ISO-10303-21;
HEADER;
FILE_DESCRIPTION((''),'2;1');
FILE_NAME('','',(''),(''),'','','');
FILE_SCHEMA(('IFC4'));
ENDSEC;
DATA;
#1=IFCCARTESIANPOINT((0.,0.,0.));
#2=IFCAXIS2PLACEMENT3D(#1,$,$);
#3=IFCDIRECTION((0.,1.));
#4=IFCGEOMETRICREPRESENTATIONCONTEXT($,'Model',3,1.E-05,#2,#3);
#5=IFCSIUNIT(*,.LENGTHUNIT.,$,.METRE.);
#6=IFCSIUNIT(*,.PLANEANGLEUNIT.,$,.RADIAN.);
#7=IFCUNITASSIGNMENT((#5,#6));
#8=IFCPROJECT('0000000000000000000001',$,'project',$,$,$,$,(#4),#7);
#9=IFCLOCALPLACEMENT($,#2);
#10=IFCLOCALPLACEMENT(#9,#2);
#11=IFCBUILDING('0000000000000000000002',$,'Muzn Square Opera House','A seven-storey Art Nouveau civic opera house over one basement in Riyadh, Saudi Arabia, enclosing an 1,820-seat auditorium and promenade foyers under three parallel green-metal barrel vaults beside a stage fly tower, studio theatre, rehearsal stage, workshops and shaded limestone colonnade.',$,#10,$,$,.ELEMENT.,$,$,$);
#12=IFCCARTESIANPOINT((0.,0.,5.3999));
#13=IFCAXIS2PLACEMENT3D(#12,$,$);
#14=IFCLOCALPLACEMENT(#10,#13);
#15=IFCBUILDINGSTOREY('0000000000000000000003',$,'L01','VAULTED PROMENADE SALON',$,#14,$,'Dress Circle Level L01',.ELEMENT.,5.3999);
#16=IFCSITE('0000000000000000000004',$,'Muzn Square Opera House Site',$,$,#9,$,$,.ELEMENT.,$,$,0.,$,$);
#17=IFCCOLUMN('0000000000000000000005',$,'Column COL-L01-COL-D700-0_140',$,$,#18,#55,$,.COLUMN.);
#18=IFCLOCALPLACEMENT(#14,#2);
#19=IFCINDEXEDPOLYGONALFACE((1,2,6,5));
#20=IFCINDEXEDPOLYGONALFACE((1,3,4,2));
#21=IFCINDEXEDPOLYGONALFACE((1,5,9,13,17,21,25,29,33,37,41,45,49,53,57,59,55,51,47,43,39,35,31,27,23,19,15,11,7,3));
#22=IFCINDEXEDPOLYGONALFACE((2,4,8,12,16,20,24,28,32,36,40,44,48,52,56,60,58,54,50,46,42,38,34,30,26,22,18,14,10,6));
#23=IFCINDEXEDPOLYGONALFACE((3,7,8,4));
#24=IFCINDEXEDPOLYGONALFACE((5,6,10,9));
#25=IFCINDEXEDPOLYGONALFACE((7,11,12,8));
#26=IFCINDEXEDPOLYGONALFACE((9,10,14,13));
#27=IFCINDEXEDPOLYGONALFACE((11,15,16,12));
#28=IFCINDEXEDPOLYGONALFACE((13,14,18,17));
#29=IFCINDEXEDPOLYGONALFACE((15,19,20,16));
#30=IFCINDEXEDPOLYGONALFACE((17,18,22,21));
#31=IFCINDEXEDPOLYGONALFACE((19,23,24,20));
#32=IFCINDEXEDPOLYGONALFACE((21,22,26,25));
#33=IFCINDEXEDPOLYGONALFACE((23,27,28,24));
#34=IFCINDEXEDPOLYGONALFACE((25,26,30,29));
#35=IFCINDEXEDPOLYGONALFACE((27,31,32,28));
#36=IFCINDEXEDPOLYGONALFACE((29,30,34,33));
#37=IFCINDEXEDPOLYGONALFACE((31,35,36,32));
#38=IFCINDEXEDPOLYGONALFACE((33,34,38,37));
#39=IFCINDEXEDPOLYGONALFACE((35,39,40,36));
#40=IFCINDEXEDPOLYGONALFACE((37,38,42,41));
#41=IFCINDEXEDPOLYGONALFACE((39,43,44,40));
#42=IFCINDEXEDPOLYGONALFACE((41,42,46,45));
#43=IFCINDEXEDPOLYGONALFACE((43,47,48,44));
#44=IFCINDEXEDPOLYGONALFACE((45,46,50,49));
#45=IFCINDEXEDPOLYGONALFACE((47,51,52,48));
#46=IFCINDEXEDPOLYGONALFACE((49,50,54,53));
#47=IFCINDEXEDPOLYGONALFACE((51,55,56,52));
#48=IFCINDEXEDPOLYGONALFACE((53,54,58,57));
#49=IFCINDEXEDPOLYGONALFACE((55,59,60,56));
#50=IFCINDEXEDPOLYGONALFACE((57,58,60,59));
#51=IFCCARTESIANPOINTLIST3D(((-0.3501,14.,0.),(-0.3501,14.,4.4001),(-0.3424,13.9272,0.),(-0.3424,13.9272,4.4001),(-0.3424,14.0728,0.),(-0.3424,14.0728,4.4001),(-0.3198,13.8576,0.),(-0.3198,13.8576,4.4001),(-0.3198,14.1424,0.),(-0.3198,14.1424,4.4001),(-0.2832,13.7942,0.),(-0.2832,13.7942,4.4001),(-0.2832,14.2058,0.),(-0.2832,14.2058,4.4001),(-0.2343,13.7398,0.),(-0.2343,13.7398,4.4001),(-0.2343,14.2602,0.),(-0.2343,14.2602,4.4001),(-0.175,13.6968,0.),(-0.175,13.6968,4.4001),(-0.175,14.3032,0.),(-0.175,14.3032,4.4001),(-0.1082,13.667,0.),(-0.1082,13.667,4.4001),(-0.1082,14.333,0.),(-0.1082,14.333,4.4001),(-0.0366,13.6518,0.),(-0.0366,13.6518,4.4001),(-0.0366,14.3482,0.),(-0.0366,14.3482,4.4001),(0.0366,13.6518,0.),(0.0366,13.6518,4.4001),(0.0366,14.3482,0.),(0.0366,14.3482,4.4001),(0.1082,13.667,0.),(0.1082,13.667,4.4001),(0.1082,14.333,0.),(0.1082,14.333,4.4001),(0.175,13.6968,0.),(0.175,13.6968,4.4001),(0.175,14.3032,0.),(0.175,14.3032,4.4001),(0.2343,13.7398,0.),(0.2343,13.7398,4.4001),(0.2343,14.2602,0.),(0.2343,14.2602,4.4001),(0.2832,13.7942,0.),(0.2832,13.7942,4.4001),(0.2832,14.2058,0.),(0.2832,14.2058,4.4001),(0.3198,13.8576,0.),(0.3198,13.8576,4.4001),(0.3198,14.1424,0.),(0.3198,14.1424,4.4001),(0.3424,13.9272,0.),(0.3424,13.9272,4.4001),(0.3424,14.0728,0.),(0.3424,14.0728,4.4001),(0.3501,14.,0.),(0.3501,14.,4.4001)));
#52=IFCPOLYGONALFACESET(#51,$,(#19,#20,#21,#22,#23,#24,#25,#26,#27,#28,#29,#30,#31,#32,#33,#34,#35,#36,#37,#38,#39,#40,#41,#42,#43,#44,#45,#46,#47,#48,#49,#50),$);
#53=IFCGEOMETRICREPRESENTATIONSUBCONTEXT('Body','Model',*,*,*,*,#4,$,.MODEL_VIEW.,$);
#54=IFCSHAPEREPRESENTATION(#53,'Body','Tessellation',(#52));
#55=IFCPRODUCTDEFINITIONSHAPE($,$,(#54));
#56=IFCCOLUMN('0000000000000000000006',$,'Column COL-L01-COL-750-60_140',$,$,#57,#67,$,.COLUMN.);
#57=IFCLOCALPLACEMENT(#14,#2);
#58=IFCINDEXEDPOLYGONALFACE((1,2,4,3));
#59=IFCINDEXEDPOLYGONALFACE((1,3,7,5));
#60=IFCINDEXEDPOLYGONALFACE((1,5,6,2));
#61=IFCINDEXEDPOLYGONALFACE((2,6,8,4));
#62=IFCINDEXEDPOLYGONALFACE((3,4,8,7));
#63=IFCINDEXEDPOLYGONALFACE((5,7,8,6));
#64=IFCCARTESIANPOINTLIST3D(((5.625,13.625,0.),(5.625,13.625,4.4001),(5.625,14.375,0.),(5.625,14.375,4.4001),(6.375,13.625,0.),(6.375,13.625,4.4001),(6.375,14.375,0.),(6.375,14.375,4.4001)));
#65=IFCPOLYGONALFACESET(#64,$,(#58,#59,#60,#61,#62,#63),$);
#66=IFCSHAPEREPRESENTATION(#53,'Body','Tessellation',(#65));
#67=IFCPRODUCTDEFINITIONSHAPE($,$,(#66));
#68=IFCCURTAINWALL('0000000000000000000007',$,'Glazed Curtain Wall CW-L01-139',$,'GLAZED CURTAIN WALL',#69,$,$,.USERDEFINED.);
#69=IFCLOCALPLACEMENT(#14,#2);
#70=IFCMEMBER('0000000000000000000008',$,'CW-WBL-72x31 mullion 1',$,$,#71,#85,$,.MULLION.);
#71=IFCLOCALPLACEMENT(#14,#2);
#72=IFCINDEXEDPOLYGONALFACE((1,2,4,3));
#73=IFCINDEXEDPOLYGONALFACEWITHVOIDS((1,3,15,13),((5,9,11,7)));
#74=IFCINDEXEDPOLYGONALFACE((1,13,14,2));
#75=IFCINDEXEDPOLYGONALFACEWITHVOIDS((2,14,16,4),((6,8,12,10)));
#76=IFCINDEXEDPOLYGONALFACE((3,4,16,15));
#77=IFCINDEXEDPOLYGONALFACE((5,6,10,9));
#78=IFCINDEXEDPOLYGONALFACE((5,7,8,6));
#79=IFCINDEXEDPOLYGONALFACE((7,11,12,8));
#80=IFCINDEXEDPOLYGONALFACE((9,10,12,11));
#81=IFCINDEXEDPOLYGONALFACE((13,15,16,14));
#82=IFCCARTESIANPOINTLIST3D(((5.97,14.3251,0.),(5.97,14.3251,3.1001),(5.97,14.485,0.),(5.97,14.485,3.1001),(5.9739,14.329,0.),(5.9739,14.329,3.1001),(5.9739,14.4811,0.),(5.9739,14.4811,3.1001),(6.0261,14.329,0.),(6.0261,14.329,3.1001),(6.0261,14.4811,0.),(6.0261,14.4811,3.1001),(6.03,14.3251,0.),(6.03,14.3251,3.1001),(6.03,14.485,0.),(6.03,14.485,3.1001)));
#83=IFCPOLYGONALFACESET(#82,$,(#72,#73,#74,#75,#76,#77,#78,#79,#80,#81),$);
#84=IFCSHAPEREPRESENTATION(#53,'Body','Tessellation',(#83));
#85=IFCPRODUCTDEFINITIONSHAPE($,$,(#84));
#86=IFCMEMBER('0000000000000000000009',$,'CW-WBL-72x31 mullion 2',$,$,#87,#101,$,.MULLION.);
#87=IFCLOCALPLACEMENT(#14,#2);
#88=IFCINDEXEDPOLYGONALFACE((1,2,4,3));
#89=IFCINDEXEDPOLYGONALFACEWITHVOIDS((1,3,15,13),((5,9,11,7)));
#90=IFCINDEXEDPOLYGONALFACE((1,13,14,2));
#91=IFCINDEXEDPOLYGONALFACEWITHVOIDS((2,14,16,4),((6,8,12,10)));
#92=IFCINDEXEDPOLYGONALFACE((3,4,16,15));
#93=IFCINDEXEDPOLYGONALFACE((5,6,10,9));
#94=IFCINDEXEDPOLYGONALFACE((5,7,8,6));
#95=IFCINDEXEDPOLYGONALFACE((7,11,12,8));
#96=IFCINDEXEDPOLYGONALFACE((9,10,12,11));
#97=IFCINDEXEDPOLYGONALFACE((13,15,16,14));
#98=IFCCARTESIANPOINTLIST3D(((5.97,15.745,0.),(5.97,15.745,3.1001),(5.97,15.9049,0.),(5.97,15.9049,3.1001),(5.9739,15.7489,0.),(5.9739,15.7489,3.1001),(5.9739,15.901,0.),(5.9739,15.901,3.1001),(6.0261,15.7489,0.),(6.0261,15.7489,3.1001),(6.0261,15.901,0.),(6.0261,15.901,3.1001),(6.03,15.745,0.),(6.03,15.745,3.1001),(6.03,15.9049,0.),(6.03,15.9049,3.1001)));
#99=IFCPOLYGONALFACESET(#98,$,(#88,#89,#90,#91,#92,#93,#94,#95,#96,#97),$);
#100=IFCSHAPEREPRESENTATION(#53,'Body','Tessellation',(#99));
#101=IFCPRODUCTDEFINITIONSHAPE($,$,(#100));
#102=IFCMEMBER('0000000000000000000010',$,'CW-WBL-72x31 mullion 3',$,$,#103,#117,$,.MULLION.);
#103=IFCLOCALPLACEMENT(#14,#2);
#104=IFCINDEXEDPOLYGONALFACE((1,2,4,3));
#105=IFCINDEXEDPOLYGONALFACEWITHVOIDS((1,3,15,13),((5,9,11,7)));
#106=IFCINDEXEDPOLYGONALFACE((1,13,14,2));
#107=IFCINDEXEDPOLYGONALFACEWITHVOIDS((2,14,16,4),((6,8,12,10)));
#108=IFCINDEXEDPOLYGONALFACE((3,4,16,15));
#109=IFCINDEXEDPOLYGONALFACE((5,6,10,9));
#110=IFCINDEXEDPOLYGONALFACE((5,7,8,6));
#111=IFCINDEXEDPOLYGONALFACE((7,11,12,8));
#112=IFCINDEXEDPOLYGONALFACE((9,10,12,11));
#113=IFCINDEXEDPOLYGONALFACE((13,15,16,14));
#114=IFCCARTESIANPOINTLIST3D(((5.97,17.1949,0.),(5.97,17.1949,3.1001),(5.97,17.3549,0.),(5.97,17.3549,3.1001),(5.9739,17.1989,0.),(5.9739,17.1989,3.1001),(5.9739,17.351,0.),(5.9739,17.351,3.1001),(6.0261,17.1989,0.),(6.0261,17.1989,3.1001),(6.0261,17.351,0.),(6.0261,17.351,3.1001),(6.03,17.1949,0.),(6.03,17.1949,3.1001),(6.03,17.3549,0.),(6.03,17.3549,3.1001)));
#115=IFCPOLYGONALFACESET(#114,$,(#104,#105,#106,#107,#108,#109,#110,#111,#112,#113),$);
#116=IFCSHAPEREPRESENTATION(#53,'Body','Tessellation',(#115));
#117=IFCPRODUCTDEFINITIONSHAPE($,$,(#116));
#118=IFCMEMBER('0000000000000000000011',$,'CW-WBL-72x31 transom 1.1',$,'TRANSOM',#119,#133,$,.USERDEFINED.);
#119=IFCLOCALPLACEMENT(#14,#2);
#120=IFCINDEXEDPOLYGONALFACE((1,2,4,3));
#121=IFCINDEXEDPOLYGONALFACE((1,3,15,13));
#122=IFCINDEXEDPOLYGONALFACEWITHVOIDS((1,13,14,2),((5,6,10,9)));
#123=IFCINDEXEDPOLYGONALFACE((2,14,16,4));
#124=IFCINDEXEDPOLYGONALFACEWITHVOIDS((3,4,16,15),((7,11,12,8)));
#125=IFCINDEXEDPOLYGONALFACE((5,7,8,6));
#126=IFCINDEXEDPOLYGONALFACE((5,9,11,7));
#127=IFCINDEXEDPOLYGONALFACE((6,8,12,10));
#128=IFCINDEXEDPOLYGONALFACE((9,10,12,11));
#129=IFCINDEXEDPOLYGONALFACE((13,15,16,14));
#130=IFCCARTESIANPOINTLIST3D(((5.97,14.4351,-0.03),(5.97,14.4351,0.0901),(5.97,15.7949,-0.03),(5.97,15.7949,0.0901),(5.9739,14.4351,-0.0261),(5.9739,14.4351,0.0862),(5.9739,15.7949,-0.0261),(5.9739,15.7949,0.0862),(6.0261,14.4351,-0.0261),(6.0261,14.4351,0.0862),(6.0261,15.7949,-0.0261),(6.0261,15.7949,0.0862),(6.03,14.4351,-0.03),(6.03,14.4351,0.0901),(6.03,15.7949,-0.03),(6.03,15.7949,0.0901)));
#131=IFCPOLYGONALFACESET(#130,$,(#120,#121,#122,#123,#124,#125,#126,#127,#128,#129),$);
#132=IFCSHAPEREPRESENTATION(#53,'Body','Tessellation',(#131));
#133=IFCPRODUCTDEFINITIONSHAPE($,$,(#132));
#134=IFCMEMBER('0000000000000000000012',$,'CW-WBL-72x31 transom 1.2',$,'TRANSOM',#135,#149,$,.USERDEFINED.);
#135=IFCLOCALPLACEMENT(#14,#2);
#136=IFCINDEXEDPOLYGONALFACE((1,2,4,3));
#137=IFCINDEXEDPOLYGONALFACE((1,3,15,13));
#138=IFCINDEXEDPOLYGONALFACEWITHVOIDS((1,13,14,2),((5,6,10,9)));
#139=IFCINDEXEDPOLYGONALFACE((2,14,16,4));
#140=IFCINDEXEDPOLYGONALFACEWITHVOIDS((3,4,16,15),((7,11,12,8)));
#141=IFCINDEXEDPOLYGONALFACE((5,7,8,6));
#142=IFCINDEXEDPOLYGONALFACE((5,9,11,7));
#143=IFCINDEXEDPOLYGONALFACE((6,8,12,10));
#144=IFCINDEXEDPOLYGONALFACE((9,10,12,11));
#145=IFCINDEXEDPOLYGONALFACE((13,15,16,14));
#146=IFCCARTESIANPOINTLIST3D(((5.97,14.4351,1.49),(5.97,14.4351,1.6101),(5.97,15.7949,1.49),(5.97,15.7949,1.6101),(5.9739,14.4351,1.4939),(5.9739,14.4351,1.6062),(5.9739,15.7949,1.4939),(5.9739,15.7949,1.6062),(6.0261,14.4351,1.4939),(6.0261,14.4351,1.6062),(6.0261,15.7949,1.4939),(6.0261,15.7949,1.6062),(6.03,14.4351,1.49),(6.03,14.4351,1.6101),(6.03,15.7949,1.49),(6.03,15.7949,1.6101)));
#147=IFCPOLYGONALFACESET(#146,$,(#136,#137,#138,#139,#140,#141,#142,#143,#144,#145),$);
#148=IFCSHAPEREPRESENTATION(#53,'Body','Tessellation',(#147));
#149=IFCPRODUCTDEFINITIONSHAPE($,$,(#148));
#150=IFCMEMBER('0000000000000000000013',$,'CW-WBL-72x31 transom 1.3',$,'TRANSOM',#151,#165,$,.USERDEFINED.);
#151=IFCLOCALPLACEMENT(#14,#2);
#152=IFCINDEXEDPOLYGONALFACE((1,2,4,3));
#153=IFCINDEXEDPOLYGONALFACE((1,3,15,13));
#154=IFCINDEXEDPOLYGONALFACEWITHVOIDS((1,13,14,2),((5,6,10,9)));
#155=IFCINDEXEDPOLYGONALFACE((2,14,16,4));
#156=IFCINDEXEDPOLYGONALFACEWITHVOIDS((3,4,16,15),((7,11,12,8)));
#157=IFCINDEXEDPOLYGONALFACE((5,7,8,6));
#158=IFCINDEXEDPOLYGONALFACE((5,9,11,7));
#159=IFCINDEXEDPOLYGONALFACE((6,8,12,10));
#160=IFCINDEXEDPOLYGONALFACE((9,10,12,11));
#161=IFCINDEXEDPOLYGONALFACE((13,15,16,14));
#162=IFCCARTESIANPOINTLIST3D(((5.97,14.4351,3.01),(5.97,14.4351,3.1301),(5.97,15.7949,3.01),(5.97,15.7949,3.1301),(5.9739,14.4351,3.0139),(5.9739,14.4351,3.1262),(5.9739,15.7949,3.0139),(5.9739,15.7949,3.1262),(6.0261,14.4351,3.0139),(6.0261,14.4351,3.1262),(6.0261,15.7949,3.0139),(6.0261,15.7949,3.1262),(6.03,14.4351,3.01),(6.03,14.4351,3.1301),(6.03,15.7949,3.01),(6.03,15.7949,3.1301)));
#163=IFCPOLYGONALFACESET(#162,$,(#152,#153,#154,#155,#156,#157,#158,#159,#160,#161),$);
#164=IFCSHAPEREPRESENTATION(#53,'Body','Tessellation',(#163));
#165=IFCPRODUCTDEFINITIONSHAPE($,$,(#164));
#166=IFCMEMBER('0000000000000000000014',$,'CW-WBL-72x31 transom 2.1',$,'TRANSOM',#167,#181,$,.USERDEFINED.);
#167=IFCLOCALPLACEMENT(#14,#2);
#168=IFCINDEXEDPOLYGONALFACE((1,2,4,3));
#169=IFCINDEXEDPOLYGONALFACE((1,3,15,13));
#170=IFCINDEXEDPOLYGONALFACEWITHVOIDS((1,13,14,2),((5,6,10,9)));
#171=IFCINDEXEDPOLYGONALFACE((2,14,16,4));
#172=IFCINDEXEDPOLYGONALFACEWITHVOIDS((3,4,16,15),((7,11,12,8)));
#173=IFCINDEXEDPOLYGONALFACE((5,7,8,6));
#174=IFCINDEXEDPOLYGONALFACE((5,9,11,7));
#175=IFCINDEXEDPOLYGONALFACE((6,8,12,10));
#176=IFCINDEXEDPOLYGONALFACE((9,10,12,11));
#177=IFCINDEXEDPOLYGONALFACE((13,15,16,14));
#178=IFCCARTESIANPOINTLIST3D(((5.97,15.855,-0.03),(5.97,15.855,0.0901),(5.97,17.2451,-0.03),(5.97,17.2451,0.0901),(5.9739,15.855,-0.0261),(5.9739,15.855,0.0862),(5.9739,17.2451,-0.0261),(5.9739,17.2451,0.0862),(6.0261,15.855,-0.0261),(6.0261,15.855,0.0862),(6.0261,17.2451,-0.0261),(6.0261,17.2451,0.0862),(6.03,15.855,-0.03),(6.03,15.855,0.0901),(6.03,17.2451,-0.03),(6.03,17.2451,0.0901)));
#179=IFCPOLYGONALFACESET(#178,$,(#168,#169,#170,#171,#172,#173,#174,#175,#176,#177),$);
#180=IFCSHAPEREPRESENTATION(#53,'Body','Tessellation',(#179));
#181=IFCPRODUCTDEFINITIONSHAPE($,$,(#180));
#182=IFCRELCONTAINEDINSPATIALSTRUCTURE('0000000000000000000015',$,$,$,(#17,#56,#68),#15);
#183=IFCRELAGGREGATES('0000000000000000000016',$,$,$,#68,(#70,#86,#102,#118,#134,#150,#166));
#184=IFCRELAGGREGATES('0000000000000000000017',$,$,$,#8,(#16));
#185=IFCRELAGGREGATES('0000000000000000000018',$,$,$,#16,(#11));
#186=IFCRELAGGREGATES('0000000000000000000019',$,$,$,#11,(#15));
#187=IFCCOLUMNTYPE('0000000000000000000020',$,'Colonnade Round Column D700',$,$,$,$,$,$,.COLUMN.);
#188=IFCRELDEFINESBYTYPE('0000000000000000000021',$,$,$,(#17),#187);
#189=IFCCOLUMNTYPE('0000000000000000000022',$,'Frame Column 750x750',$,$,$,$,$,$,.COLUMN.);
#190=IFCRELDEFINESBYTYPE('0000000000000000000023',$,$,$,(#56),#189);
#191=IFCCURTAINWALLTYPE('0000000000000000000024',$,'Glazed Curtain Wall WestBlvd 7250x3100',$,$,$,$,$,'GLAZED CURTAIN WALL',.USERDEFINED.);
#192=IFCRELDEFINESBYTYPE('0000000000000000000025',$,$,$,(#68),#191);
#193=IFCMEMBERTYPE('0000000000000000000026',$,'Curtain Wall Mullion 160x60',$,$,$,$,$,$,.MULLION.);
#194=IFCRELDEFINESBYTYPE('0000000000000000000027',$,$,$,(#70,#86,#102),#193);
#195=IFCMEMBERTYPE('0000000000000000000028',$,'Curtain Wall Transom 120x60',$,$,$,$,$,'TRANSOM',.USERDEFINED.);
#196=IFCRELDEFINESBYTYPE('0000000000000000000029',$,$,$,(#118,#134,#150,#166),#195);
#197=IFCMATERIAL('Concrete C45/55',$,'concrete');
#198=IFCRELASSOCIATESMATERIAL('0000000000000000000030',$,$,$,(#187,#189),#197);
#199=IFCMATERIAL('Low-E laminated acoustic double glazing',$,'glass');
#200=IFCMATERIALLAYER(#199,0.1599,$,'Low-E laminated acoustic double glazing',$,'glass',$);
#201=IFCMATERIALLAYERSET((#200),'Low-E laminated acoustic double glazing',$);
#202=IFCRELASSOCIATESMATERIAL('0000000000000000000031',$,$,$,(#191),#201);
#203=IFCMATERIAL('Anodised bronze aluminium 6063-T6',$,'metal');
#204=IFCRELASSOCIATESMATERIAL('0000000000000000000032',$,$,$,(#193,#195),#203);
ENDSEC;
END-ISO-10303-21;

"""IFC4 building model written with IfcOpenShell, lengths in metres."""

from ifc_helpers import new_model, si_unit, direction, frame, origin, origin_2d, place, context, subcontext, project, spatial, rectangle, hollow_rectangle, circle, extrude, material, layer, layer_set, material_profile, profile_set, type_object, element, aggregate, save


model = new_model("IFC4")

# Units and contexts
model_context = context("Model", 3, precision=1e-05, world=origin(), true_north=direction((0.0, 1.0)))
body_context = subcontext(model_context, "Body", "Model", "MODEL_VIEW")
ifc_project = project(units=[si_unit("LENGTHUNIT", "METRE"), si_unit("PLANEANGLEUNIT", "RADIAN")], contexts=[model_context])

# Site, building, storey
site_placement = place(None, origin())
site = spatial("IfcSite", under=ifc_project, at=site_placement, Name="Muzn Square Opera House Site", CompositionType="ELEMENT", RefElevation=0.0)
building_placement = place(site_placement, origin())
building = spatial("IfcBuilding", under=site, at=building_placement, Name="Muzn Square Opera House", Description="A seven-storey Art Nouveau civic opera house over one basement in Riyadh, Saudi Arabia, enclosing an 1,820-seat auditorium and promenade foyers under three parallel green-metal barrel vaults beside a stage fly tower, studio theatre, rehearsal stage, workshops and shaded limestone colonnade.", CompositionType="ELEMENT")
storey_placement = place(building_placement, frame((0.0, 0.0, 5.3999)))
storey = spatial("IfcBuildingStorey", under=building, at=storey_placement, Name="L01", Description="VAULTED PROMENADE SALON", LongName="Dress Circle Level L01", CompositionType="ELEMENT", Elevation=5.3999)

# Columns
ifc_material_1 = material(Name="Concrete C45/55", Category="concrete")
ifc_material_profile_1 = material_profile(ifc_material_1, circle(Radius=0.3501, at=origin_2d()), Name="RCC D700", Category="concrete")
ifc_profile_set_1 = profile_set([ifc_material_profile_1], Name="Concrete C45/55")
column_type_1 = type_object("IfcColumnType", Name="Colonnade Round Column D700", PredefinedType="COLUMN", material=ifc_profile_set_1)
column_1_placement = place(storey_placement, frame((0.0, 14.0, 0.0), z_axis=(0.0, 0.0, 1.0), x_axis=(1.0, 0.0, 0.0)))
element("IfcColumn", 1, at=column_1_placement, inside=storey, type_object=column_type_1, Name="Column COL-L01-COL-D700-0_140", PredefinedType="COLUMN", context=body_context, shape_type="SweptSolid", body=[
    extrude(circle(Radius=0.3501, at=origin_2d()), origin(), (0.0, 0.0, 1.0), 4.4001),
])
ifc_material_profile_2 = material_profile(ifc_material_1, rectangle(XDim=0.75, YDim=0.75, at=origin_2d()), Name="RC 750x750", Category="concrete")
ifc_profile_set_2 = profile_set([ifc_material_profile_2], Name="Concrete C45/55")
column_type_2 = type_object("IfcColumnType", Name="Frame Column 750x750", PredefinedType="COLUMN", material=ifc_profile_set_2)
column_2_placement = place(storey_placement, frame((6.0, 14.0, 0.0), z_axis=(0.0, 0.0, 1.0), x_axis=(1.0, 0.0, 0.0)))
element("IfcColumn", 2, at=column_2_placement, inside=storey, type_object=column_type_2, Name="Column COL-L01-COL-750-60_140", PredefinedType="COLUMN", context=body_context, shape_type="SweptSolid", body=[
    extrude(rectangle(XDim=0.75, YDim=0.75, at=origin_2d()), origin(), (0.0, 0.0, 1.0), 4.4001),
])

# Curtain wall, members
ifc_material_2 = material(Name="Low-E laminated acoustic double glazing", Category="glass")
ifc_layer_1 = layer(ifc_material_2, 0.1599, Name="Low-E laminated acoustic double glazing", Category="glass")
ifc_layer_set_1 = layer_set([ifc_layer_1], Name="Low-E laminated acoustic double glazing")
curtain_wall_type = type_object("IfcCurtainWallType", Name="Glazed Curtain Wall WestBlvd 7250x3100", ElementType="GLAZED CURTAIN WALL", PredefinedType="USERDEFINED", material=ifc_layer_set_1)
curtain_wall_placement = place(storey_placement, origin())
curtain_wall = element("IfcCurtainWall", 3, at=curtain_wall_placement, inside=storey, type_object=curtain_wall_type, Name="Glazed Curtain Wall CW-L01-139", ObjectType="GLAZED CURTAIN WALL", PredefinedType="USERDEFINED")
ifc_material_3 = material(Name="Anodised bronze aluminium 6063-T6", Category="metal")
ifc_material_profile_3 = material_profile(ifc_material_3, hollow_rectangle(XDim=0.0601, YDim=0.1599, WallThickness=0.0039, at=origin_2d()), Name="ALU 160x60x4", Category="metal")
ifc_profile_set_3 = profile_set([ifc_material_profile_3], Name="Anodised bronze aluminium 6063-T6")
member_type_1 = type_object("IfcMemberType", Name="Curtain Wall Mullion 160x60", PredefinedType="MULLION", material=ifc_profile_set_3)
member_1_placement = place(storey_placement, frame((6.0, 14.405, 0.0), z_axis=(0.0, 0.0, 1.0), x_axis=(-1.0, 0.0, 0.0)))
member_1 = element("IfcMember", 4, at=member_1_placement, type_object=member_type_1, Name="CW-WBL-72x31 mullion 1", PredefinedType="MULLION", context=body_context, shape_type="SweptSolid", body=[
    extrude(hollow_rectangle(XDim=0.0601, YDim=0.1599, WallThickness=0.0039, at=origin_2d()), origin(), (0.0, 0.0, 1.0), 3.1001),
])
member_2_placement = place(storey_placement, frame((6.0, 15.825, 0.0), z_axis=(0.0, 0.0, 1.0), x_axis=(-1.0, 0.0, 0.0)))
member_2 = element("IfcMember", 5, at=member_2_placement, type_object=member_type_1, Name="CW-WBL-72x31 mullion 2", PredefinedType="MULLION", context=body_context, shape_type="SweptSolid", body=[
    extrude(hollow_rectangle(XDim=0.0601, YDim=0.1599, WallThickness=0.0039, at=origin_2d()), origin(), (0.0, 0.0, 1.0), 3.1001),
])
member_3_placement = place(storey_placement, frame((6.0, 17.2749, 0.0), z_axis=(0.0, 0.0, 1.0), x_axis=(-1.0, 0.0, 0.0)))
member_3 = element("IfcMember", 6, at=member_3_placement, type_object=member_type_1, Name="CW-WBL-72x31 mullion 3", PredefinedType="MULLION", context=body_context, shape_type="SweptSolid", body=[
    extrude(hollow_rectangle(XDim=0.0601, YDim=0.1599, WallThickness=0.0039, at=origin_2d()), origin(), (0.0, 0.0, 1.0), 3.1001),
])
ifc_material_profile_4 = material_profile(ifc_material_3, hollow_rectangle(XDim=0.0601, YDim=0.1201, WallThickness=0.0039, at=origin_2d()), Name="ALU 120x60x4", Category="metal")
ifc_profile_set_4 = profile_set([ifc_material_profile_4], Name="Anodised bronze aluminium 6063-T6")
member_type_2 = type_object("IfcMemberType", Name="Curtain Wall Transom 120x60", ElementType="TRANSOM", PredefinedType="USERDEFINED", material=ifc_profile_set_4)
member_4_placement = place(storey_placement, frame((6.0, 14.4351, 0.03), z_axis=(0.0, 1.0, 0.0), x_axis=(-1.0, 0.0, 0.0)))
member_4 = element("IfcMember", 7, at=member_4_placement, type_object=member_type_2, Name="CW-WBL-72x31 transom 1.1", ObjectType="TRANSOM", PredefinedType="USERDEFINED", context=body_context, shape_type="SweptSolid", body=[
    extrude(hollow_rectangle(XDim=0.0601, YDim=0.1201, WallThickness=0.0039, at=origin_2d()), origin(), (0.0, 0.0, 1.0), 1.3599),
])
member_5_placement = place(storey_placement, frame((6.0, 14.4351, 1.55), z_axis=(0.0, 1.0, 0.0), x_axis=(-1.0, 0.0, 0.0)))
member_5 = element("IfcMember", 8, at=member_5_placement, type_object=member_type_2, Name="CW-WBL-72x31 transom 1.2", ObjectType="TRANSOM", PredefinedType="USERDEFINED", context=body_context, shape_type="SweptSolid", body=[
    extrude(hollow_rectangle(XDim=0.0601, YDim=0.1201, WallThickness=0.0039, at=origin_2d()), origin(), (0.0, 0.0, 1.0), 1.3599),
])
member_6_placement = place(storey_placement, frame((6.0, 14.4351, 3.0701), z_axis=(0.0, 1.0, 0.0), x_axis=(-1.0, 0.0, 0.0)))
member_6 = element("IfcMember", 9, at=member_6_placement, type_object=member_type_2, Name="CW-WBL-72x31 transom 1.3", ObjectType="TRANSOM", PredefinedType="USERDEFINED", context=body_context, shape_type="SweptSolid", body=[
    extrude(hollow_rectangle(XDim=0.0601, YDim=0.1201, WallThickness=0.0039, at=origin_2d()), origin(), (0.0, 0.0, 1.0), 1.3599),
])
member_7_placement = place(storey_placement, frame((6.0, 15.855, 0.03), z_axis=(0.0, 1.0, 0.0), x_axis=(-1.0, 0.0, 0.0)))
member_7 = element("IfcMember", 10, at=member_7_placement, type_object=member_type_2, Name="CW-WBL-72x31 transom 2.1", ObjectType="TRANSOM", PredefinedType="USERDEFINED", context=body_context, shape_type="SweptSolid", body=[
    extrude(hollow_rectangle(XDim=0.0601, YDim=0.1201, WallThickness=0.0039, at=origin_2d()), origin(), (0.0, 0.0, 1.0), 1.3901),
])

aggregate(curtain_wall, [member_1, member_2, member_3, member_4, member_5, member_6, member_7])

save(model, "model.ifc")
